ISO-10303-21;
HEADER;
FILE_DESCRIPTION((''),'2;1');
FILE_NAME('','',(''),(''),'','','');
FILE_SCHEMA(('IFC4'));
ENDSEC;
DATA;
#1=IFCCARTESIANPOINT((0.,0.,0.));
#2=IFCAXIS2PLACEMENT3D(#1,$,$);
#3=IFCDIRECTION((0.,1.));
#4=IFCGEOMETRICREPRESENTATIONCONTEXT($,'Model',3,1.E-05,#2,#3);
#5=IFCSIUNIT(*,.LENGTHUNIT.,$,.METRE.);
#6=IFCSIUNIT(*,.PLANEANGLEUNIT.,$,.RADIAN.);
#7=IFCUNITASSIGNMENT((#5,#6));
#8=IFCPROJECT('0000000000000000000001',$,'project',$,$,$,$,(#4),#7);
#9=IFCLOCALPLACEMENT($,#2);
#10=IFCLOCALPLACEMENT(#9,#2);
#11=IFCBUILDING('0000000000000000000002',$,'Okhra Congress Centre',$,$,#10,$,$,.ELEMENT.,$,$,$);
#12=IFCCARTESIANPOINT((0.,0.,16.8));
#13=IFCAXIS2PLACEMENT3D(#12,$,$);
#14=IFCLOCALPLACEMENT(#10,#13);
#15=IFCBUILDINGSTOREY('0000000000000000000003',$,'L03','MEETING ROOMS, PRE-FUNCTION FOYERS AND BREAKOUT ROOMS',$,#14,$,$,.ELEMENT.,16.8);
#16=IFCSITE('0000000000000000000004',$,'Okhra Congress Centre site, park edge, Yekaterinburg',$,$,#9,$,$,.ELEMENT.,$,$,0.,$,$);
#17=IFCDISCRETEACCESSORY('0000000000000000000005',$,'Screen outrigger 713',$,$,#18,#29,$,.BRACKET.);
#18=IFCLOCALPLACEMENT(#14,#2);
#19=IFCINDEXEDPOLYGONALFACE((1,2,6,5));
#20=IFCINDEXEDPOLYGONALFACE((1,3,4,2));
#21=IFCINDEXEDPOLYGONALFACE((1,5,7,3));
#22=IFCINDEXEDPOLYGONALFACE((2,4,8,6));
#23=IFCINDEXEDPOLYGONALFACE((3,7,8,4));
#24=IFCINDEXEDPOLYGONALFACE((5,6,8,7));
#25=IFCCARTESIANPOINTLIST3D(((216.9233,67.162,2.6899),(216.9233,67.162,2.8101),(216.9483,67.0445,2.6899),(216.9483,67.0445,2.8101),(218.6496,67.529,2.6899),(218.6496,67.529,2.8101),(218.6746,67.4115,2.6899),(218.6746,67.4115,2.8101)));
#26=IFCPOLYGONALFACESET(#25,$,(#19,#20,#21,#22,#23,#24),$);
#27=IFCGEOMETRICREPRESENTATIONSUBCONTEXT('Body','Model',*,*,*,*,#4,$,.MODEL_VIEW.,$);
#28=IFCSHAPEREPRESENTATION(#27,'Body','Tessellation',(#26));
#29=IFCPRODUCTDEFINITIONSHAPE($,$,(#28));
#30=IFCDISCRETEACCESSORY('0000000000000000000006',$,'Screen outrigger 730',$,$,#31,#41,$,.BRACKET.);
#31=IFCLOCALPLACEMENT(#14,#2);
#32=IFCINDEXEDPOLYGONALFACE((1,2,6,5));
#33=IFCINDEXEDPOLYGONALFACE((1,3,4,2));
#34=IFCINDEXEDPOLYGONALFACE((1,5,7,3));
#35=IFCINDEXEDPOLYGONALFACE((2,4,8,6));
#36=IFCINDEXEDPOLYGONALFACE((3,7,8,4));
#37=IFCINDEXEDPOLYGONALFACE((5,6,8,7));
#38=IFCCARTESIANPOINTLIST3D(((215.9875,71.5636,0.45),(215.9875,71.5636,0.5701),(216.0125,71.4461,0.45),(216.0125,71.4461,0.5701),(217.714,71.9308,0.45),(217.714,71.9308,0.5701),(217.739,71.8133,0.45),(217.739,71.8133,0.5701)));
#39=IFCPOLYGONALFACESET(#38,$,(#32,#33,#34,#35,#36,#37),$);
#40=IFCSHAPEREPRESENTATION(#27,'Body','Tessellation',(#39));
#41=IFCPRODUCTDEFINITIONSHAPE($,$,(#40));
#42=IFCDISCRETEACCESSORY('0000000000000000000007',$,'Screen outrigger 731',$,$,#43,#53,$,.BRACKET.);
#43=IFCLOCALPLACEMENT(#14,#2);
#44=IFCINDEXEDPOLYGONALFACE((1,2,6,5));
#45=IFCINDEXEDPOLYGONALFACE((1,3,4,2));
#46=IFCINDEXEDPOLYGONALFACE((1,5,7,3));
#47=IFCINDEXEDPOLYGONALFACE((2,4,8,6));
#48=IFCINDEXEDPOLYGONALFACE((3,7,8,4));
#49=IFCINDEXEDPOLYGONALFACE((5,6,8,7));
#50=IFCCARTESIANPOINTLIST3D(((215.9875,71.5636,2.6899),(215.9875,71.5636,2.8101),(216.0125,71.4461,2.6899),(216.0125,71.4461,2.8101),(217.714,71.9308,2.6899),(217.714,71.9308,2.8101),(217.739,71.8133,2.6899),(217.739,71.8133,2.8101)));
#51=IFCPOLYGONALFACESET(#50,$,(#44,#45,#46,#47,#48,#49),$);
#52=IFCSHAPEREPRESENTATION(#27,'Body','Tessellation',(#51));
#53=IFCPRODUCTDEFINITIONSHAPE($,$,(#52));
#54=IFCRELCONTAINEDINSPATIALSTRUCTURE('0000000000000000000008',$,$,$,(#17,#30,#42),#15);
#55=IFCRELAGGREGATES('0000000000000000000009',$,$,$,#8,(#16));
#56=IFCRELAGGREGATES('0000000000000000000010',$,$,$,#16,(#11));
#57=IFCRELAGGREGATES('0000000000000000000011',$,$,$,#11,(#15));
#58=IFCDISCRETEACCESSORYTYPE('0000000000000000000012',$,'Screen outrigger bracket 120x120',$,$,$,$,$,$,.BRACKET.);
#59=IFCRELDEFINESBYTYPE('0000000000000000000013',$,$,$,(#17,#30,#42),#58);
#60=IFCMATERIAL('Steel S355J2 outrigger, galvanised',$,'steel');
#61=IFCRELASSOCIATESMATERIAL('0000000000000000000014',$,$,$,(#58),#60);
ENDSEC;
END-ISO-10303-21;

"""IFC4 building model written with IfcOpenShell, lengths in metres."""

from ifc_helpers import new_model, si_unit, direction, frame, origin, origin_2d, place, context, subcontext, project, spatial, rectangle, extrude, material, material_profile, profile_set, type_object, element, save


model = new_model("IFC4")

# Units and contexts
model_context = context("Model", 3, precision=1e-05, world=origin(), true_north=direction((0.0, 1.0)))
body_context = subcontext(model_context, "Body", "Model", "MODEL_VIEW")
ifc_project = project(units=[si_unit("LENGTHUNIT", "METRE"), si_unit("PLANEANGLEUNIT", "RADIAN")], contexts=[model_context])

# Site, building, storey
site_placement = place(None, origin())
site = spatial("IfcSite", under=ifc_project, at=site_placement, Name="Okhra Congress Centre site, park edge, Yekaterinburg", CompositionType="ELEMENT", RefElevation=0.0)
building_placement = place(site_placement, origin())
building = spatial("IfcBuilding", under=site, at=building_placement, Name="Okhra Congress Centre", CompositionType="ELEMENT")
storey_placement = place(building_placement, frame((0.0, 0.0, 16.8)))
storey = spatial("IfcBuildingStorey", under=building, at=storey_placement, Name="L03", Description="MEETING ROOMS, PRE-FUNCTION FOYERS AND BREAKOUT ROOMS", CompositionType="ELEMENT", Elevation=16.8)

# Discrete accessories
ifc_material_1 = material(Name="Steel S355J2 outrigger, galvanised", Category="steel")
ifc_material_profile_1 = material_profile(ifc_material_1, rectangle(XDim=0.1201, YDim=0.1201, at=origin_2d()), Name="Screen outrigger bracket 120x120")
ifc_profile_set_1 = profile_set([ifc_material_profile_1], Name="Steel S355J2 outrigger, galvanised")
discrete_accessory_type = type_object("IfcDiscreteAccessoryType", Name="Screen outrigger bracket 120x120", PredefinedType="BRACKET", material=ifc_profile_set_1)
for number, where, z_axis, x_axis, name in (
    (1, (216.9358, 67.1033, 2.75), (0.978147, 0.207913, 0.0), (-0.207913, 0.978147, 0.0), "Screen outrigger 713"),
):
    element("IfcDiscreteAccessory", number, at=place(storey_placement, frame(where, z_axis=z_axis, x_axis=x_axis)), inside=storey, type_object=discrete_accessory_type, Name=name, PredefinedType="BRACKET", context=body_context, shape_type="SweptSolid", body=[
        extrude(rectangle(XDim=0.1201, YDim=0.1201, at=origin_2d()), origin(), (0.0, 0.0, 1.0), 1.7649),
    ])
for number, where, z_axis, x_axis, name in (
    (2, (216.0, 71.5049, 0.51), (0.978125, 0.208018, 0.0), (-0.208018, 0.978125, 0.0), "Screen outrigger 730"),
    (3, (216.0, 71.5049, 2.75), (0.978125, 0.208018, 0.0), (-0.208018, 0.978125, 0.0), "Screen outrigger 731"),
):
    element("IfcDiscreteAccessory", number, at=place(storey_placement, frame(where, z_axis=z_axis, x_axis=x_axis)), inside=storey, type_object=discrete_accessory_type, Name=name, PredefinedType="BRACKET", context=body_context, shape_type="SweptSolid", body=[
        extrude(rectangle(XDim=0.1201, YDim=0.1201, at=origin_2d()), origin(), (0.0, 0.0, 1.0), 1.7651),
    ])

save(model, "model.ifc")
